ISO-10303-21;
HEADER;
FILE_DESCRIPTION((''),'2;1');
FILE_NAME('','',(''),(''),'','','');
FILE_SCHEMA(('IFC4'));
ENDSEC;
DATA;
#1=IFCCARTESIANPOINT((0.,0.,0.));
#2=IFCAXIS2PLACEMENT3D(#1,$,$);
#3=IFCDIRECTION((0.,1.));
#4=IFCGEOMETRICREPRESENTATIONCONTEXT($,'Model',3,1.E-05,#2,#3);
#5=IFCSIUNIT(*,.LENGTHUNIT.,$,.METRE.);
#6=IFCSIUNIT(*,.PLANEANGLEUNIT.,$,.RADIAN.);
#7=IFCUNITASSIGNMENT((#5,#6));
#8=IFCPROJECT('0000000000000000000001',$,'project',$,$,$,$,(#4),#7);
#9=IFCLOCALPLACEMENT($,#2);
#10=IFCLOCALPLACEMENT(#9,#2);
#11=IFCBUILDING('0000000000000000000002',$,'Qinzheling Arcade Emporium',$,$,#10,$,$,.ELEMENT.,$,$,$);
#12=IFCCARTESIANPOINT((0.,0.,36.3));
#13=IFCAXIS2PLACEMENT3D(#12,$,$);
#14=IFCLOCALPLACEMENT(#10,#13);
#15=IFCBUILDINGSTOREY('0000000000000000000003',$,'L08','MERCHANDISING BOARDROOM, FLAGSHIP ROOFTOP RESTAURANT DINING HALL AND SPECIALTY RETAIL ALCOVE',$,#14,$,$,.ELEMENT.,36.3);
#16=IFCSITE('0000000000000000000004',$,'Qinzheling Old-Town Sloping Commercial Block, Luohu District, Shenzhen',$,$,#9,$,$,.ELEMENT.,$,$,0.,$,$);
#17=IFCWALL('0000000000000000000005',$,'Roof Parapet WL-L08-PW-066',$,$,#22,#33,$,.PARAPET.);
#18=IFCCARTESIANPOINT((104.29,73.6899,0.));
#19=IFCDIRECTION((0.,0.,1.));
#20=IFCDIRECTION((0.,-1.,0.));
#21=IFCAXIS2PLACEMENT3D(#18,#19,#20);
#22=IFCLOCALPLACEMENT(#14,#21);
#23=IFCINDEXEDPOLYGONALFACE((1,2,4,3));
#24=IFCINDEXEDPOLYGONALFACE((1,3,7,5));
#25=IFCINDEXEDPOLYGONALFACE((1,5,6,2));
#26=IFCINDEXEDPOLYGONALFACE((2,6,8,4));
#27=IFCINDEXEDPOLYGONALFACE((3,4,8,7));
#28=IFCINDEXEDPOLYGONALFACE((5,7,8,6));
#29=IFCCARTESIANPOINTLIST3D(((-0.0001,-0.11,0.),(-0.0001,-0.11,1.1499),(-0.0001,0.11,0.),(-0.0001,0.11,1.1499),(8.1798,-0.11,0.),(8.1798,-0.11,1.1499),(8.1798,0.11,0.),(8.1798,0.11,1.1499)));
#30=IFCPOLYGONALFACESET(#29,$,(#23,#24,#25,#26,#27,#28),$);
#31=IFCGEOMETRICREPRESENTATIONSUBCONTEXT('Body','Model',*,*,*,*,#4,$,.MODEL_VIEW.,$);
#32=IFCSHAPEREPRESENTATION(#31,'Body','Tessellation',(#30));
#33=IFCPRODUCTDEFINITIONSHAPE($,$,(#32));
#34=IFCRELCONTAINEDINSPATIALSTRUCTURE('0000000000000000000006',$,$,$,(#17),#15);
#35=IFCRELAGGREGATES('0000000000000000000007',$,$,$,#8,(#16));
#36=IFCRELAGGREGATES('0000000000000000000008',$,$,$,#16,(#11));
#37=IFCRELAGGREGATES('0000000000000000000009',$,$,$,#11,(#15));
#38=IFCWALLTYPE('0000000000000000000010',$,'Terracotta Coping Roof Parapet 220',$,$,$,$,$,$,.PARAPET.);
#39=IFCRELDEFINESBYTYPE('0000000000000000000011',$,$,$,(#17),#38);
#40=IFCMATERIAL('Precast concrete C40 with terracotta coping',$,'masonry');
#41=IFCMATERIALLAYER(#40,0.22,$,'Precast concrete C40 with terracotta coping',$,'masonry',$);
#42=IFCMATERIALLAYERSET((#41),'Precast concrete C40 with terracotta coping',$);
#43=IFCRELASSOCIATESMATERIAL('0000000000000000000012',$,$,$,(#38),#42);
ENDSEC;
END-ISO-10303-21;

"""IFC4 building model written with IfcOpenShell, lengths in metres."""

from ifc_helpers import new_model, si_unit, direction, frame, frame_2d, origin, place, context, subcontext, project, spatial, rectangle, extrude, material, layer, layer_set, type_object, element, save


model = new_model("IFC4")

# Units and contexts
model_context = context("Model", 3, precision=1e-05, world=origin(), true_north=direction((0.0, 1.0)))
body_context = subcontext(model_context, "Body", "Model", "MODEL_VIEW")
ifc_project = project(units=[si_unit("LENGTHUNIT", "METRE"), si_unit("PLANEANGLEUNIT", "RADIAN")], contexts=[model_context])

# Site, building, storey
site_placement = place(None, origin())
site = spatial("IfcSite", under=ifc_project, at=site_placement, Name="Qinzheling Old-Town Sloping Commercial Block, Luohu District, Shenzhen", CompositionType="ELEMENT", RefElevation=0.0)
building_placement = place(site_placement, origin())
building = spatial("IfcBuilding", under=site, at=building_placement, Name="Qinzheling Arcade Emporium", CompositionType="ELEMENT")
storey_placement = place(building_placement, frame((0.0, 0.0, 36.3)))
storey = spatial("IfcBuildingStorey", under=building, at=storey_placement, Name="L08", Description="MERCHANDISING BOARDROOM, FLAGSHIP ROOFTOP RESTAURANT DINING HALL AND SPECIALTY RETAIL ALCOVE", CompositionType="ELEMENT", Elevation=36.3)

# Wall
ifc_material_1 = material(Name="Precast concrete C40 with terracotta coping", Category="masonry")
ifc_layer_1 = layer(ifc_material_1, 0.22, Name="Precast concrete C40 with terracotta coping", Category="masonry")
ifc_layer_set_1 = layer_set([ifc_layer_1], Name="Precast concrete C40 with terracotta coping")
wall_type_1 = type_object("IfcWallType", Name="Terracotta Coping Roof Parapet 220", PredefinedType="PARAPET", material=ifc_layer_set_1)
wall_1_placement = place(storey_placement, frame((104.29, 73.6899, 0.0), z_axis=(0.0, 0.0, 1.0), x_axis=(0.0, -1.0, 0.0)))
element("IfcWall", 1, at=wall_1_placement, inside=storey, type_object=wall_type_1, Name="Roof Parapet WL-L08-PW-066", PredefinedType="PARAPET", context=body_context, shape_type="SweptSolid", body=[
    extrude(rectangle(XDim=8.1799, YDim=0.22, at=frame_2d((4.0898, 0.0))), origin(), (0.0, 0.0, 1.0), 1.1499),
])

save(model, "model.ifc")
